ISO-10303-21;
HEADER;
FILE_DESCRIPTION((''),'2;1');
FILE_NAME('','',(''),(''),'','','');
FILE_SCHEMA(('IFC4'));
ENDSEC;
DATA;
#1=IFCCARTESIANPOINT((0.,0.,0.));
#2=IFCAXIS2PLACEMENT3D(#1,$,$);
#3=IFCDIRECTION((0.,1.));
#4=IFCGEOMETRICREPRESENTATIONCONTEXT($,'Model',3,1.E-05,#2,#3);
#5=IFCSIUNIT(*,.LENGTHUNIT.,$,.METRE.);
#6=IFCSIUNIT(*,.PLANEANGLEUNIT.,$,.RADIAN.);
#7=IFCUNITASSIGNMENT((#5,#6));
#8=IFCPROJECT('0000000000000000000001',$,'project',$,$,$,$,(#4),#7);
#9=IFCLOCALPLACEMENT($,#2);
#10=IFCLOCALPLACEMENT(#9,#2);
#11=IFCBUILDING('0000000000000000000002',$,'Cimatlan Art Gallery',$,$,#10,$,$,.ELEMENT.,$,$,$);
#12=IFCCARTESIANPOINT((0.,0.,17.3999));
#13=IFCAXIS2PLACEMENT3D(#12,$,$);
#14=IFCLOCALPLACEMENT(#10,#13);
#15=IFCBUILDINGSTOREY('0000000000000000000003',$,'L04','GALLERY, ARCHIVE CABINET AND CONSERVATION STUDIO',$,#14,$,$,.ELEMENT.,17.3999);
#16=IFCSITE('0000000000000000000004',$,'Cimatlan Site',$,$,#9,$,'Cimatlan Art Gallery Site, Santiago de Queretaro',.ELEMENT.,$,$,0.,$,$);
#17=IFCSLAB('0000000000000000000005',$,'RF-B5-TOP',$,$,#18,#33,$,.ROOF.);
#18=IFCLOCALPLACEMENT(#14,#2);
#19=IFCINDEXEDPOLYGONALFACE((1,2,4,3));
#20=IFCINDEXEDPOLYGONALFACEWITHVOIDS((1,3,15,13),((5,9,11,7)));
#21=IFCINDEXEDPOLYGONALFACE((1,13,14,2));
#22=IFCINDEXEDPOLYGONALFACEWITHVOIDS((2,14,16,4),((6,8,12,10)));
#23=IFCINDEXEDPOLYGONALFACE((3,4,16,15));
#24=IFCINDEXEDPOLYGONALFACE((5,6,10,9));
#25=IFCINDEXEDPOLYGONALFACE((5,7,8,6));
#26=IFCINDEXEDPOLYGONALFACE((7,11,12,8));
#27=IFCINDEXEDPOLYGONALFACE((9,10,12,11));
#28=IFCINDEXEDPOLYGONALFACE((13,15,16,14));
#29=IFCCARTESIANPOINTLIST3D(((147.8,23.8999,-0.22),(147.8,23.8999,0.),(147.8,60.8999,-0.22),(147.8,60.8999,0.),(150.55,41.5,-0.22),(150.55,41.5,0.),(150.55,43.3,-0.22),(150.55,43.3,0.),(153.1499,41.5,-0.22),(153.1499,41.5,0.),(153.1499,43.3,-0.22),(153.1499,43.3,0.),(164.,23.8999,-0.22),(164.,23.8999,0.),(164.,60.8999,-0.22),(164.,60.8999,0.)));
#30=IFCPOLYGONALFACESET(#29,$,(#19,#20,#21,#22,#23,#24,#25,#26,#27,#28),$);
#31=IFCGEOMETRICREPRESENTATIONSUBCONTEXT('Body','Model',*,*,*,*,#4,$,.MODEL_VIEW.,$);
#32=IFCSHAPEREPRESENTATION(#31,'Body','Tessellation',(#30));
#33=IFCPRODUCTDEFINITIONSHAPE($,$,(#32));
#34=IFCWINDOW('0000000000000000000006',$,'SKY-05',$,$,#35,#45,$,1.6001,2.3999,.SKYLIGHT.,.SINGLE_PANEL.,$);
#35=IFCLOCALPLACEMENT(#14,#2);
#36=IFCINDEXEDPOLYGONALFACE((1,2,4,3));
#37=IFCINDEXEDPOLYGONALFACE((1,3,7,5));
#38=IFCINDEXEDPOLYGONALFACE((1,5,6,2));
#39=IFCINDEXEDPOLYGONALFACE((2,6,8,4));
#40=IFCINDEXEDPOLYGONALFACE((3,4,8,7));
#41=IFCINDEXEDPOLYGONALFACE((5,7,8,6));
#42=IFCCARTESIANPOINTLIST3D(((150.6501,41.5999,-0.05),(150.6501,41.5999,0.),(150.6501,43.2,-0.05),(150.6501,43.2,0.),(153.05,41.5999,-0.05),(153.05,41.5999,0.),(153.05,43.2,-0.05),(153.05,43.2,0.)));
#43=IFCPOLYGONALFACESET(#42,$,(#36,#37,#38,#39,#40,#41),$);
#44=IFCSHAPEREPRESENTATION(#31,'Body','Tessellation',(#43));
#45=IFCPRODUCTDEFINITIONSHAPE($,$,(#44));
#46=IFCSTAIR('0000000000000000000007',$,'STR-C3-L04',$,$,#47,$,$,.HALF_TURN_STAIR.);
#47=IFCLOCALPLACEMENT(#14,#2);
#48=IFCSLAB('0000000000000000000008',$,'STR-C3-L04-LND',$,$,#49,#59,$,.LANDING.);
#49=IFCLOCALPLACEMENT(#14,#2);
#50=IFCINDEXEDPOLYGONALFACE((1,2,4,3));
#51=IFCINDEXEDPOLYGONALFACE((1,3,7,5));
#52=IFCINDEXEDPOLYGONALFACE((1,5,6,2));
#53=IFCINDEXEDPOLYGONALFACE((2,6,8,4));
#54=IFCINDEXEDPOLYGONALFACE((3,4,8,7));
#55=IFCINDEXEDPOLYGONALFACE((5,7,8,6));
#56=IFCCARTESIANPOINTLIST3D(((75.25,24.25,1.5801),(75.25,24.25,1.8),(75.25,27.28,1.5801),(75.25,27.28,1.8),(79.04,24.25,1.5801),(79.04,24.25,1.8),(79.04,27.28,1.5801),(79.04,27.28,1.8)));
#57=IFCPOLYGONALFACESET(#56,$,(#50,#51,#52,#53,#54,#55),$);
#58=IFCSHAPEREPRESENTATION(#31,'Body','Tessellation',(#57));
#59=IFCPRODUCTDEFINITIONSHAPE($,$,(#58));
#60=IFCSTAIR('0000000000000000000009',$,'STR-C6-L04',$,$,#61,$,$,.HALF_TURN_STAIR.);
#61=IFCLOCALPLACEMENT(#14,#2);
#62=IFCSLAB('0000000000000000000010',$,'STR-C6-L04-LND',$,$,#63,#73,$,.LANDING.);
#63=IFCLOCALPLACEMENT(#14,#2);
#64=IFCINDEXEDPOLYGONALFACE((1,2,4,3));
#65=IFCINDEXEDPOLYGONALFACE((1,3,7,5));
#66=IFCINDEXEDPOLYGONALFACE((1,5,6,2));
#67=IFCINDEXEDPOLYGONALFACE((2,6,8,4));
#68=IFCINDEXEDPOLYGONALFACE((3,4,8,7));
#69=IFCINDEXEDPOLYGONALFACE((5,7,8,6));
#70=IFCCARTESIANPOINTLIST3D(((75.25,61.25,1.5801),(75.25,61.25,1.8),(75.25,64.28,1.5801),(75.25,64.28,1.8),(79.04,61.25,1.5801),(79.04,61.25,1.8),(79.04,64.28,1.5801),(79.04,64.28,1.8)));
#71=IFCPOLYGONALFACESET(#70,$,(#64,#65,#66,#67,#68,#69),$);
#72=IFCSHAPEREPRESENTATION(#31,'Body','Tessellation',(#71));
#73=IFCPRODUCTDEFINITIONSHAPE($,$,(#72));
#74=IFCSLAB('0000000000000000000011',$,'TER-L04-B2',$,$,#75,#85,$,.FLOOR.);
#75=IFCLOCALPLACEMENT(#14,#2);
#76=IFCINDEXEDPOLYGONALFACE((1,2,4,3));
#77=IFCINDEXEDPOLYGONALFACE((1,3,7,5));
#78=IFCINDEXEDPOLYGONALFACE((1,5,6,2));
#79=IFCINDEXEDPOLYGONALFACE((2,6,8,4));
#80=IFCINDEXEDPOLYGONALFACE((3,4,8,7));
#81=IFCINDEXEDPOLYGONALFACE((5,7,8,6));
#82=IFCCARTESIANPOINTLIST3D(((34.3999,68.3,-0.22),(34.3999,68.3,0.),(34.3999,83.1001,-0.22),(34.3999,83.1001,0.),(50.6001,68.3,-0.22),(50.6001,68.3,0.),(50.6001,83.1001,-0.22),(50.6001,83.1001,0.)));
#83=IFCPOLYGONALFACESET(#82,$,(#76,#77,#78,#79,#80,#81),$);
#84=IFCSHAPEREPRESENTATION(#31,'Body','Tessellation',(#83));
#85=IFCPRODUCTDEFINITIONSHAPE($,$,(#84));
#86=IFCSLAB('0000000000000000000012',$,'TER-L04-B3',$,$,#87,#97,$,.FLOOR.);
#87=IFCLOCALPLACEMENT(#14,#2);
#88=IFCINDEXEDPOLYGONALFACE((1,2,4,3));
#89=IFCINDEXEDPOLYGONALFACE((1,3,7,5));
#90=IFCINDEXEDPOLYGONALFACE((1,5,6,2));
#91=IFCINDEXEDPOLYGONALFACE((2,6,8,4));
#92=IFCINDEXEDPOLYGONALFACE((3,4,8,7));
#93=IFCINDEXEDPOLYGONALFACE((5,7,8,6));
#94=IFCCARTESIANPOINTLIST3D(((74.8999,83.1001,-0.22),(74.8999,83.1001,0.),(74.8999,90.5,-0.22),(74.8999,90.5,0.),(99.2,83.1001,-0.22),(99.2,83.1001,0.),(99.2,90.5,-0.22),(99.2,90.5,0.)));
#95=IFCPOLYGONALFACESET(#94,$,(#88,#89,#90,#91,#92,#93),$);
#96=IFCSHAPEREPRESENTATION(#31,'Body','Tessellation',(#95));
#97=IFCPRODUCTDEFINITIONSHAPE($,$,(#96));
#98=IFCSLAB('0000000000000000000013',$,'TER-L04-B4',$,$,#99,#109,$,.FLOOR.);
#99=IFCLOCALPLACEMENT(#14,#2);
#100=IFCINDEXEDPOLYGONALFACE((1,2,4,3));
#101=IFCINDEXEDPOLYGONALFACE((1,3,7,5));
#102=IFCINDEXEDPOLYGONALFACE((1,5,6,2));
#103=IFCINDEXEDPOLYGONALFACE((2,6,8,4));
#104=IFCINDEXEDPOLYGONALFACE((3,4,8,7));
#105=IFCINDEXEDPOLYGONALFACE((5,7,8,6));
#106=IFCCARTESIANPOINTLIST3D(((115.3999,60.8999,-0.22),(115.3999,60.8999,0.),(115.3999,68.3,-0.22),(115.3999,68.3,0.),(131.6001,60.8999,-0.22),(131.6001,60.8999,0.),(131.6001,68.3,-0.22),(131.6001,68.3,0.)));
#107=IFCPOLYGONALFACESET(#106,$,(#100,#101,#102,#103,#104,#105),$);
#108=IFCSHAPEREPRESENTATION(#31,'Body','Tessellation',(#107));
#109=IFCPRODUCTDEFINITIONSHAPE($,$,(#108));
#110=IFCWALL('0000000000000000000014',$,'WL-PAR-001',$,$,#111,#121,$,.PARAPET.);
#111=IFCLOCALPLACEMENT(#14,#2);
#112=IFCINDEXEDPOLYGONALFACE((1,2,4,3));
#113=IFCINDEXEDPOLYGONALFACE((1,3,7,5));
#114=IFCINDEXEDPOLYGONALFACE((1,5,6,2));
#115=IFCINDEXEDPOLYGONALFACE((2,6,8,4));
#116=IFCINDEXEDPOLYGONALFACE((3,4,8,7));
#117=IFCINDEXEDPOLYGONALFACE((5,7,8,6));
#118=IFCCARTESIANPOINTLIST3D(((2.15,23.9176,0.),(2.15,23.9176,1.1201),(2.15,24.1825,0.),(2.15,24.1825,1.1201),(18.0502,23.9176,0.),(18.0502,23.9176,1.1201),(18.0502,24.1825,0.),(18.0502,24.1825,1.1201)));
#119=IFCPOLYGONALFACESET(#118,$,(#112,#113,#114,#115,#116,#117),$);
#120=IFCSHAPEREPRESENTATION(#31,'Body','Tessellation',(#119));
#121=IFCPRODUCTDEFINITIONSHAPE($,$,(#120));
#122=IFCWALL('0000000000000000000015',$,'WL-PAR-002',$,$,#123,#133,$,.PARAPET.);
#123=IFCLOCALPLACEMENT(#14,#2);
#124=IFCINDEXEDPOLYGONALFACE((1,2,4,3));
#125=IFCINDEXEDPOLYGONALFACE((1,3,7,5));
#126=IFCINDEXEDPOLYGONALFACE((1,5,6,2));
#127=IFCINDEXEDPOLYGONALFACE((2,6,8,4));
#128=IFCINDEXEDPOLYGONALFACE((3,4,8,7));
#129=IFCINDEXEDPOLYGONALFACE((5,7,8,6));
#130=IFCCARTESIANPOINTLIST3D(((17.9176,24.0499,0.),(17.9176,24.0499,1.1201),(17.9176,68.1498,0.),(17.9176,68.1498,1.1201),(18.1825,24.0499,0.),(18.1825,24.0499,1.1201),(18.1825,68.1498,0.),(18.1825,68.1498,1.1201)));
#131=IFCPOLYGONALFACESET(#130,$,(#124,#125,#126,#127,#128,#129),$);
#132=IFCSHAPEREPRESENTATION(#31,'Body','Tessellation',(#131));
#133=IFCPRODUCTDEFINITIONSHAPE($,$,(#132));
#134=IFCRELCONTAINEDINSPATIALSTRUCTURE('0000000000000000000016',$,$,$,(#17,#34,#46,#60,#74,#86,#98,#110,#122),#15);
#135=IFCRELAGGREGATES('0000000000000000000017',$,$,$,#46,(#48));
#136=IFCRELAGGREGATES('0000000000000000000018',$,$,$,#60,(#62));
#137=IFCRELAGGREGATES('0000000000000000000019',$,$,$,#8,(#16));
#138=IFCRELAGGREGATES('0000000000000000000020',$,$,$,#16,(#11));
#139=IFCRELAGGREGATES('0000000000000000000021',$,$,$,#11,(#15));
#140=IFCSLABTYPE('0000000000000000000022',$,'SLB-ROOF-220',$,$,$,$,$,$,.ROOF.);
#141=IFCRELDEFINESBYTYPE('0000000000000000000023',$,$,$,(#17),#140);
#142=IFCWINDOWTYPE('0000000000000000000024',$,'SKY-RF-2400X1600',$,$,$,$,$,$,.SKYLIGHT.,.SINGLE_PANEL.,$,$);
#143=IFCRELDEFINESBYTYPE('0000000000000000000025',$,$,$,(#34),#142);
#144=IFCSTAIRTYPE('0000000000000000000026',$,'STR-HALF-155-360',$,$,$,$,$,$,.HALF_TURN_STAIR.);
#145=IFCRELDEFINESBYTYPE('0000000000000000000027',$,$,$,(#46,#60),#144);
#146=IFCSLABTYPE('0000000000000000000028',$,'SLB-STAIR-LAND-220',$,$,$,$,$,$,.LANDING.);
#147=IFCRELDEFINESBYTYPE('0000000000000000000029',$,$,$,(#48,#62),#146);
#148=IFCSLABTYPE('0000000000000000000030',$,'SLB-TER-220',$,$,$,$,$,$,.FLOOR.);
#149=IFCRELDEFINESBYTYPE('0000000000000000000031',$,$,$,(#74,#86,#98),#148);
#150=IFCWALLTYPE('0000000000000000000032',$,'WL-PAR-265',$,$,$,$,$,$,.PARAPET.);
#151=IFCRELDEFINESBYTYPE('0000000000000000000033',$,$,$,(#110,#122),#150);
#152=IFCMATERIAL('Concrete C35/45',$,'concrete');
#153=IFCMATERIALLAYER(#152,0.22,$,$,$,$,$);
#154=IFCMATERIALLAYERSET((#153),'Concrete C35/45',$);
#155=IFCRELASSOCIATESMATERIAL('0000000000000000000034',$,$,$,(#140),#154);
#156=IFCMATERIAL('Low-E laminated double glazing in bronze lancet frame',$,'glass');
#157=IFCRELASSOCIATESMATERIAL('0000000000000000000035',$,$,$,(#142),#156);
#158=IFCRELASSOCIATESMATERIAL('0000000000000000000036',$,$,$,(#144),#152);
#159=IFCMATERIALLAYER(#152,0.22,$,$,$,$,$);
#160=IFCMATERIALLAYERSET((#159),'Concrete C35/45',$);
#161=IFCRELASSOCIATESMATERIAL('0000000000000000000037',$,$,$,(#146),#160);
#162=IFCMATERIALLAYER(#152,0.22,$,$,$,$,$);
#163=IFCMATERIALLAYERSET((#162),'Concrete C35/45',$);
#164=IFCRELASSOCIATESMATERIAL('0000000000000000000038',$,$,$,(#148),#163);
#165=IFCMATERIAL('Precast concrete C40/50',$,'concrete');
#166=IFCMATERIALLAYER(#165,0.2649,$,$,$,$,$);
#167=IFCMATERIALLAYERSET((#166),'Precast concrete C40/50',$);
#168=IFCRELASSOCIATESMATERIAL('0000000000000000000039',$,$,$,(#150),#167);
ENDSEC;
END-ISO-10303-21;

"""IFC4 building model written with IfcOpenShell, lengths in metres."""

from ifc_helpers import new_model, si_unit, direction, frame, frame_2d, origin, origin_2d, place, context, subcontext, project, spatial, polyline, rectangle, outline, extrude, material, layer, layer_set, type_object, element, fill, aggregate, save


model = new_model("IFC4")

# Units and contexts
model_context = context("Model", 3, precision=1e-05, world=origin(), true_north=direction((0.0, 1.0)))
body_context = subcontext(model_context, "Body", "Model", "MODEL_VIEW")
ifc_project = project(units=[si_unit("LENGTHUNIT", "METRE"), si_unit("PLANEANGLEUNIT", "RADIAN")], contexts=[model_context])

# Site, building, storey
site_placement = place(None, origin())
site = spatial("IfcSite", under=ifc_project, at=site_placement, Name="Cimatlan Site", LongName="Cimatlan Art Gallery Site, Santiago de Queretaro", CompositionType="ELEMENT", RefElevation=0.0)
building_placement = place(site_placement, origin())
building = spatial("IfcBuilding", under=site, at=building_placement, Name="Cimatlan Art Gallery", CompositionType="ELEMENT")
storey_placement = place(building_placement, frame((0.0, 0.0, 17.3999)))
storey = spatial("IfcBuildingStorey", under=building, at=storey_placement, Name="L04", Description="GALLERY, ARCHIVE CABINET AND CONSERVATION STUDIO", CompositionType="ELEMENT", Elevation=17.3999)

# Shared definitions
ifc_material_1 = material(Name="Concrete C35/45", Category="concrete")

# Slab, opening, window
ifc_layer_1 = layer(ifc_material_1, 0.22)
ifc_layer_set_1 = layer_set([ifc_layer_1], Name="Concrete C35/45")
slab_type_1 = type_object("IfcSlabType", Name="SLB-ROOF-220", PredefinedType="ROOF", material=ifc_layer_set_1)
ifc_material_2 = material(Name="Low-E laminated double glazing in bronze lancet frame", Category="glass")
slab_1_placement = place(storey_placement, frame((0.0, 0.0, -0.22)))
slab_1 = element("IfcSlab", 1, at=slab_1_placement, inside=storey, type_object=slab_type_1, Name="RF-B5-TOP", PredefinedType="ROOF", context=body_context, shape_type="SweptSolid", body=[
    extrude(outline(polyline([(147.8, 23.8999), (164.0, 23.8999), (164.0, 60.8999), (147.8, 60.8999), (147.8, 23.8999)]), holes=[polyline([(150.55, 41.5), (153.1499, 41.5), (153.1499, 43.3), (150.55, 43.3), (150.55, 41.5)])]), origin(), (0.0, 0.0, 1.0), 0.22),
])
opening_1_placement = place(slab_1_placement, frame((151.8501, 42.3999, -0.01)))
opening_1 = element("IfcOpeningElement", 2, at=opening_1_placement, cuts=slab_1, PredefinedType="OPENING", context=body_context, shape_type="SweptSolid", body=[
    extrude(rectangle(XDim=2.3999, YDim=1.6001, at=origin_2d()), origin(), (0.0, 0.0, 1.0), 0.24),
])
window_type_1 = type_object("IfcWindowType", Name="SKY-RF-2400X1600", PartitioningType="SINGLE_PANEL", PredefinedType="SKYLIGHT", material=ifc_material_2)
window_1_placement = place(slab_1_placement, frame((151.8501, 42.3999, 0.1699)))
window_1 = element("IfcWindow", 3, at=window_1_placement, inside=storey, type_object=window_type_1, Name="SKY-05", OverallHeight=1.6001, OverallWidth=2.3999, PartitioningType="SINGLE_PANEL", PredefinedType="SKYLIGHT", context=body_context, shape_type="SweptSolid", body=[
    extrude(rectangle(XDim=2.3999, YDim=1.6001, at=origin_2d()), origin(), (0.0, 0.0, 1.0), 0.05),
])
fill(opening_1, window_1)

# Stairs, slabs
stair_type = type_object("IfcStairType", Name="STR-HALF-155-360", PredefinedType="HALF_TURN_STAIR", material=ifc_material_1)
stair_1_placement = place(storey_placement, origin())
stair_1 = element("IfcStair", 4, at=stair_1_placement, inside=storey, type_object=stair_type, Name="STR-C3-L04", PredefinedType="HALF_TURN_STAIR")
ifc_layer_2 = layer(ifc_material_1, 0.22)
ifc_layer_set_2 = layer_set([ifc_layer_2], Name="Concrete C35/45")
slab_type_2 = type_object("IfcSlabType", Name="SLB-STAIR-LAND-220", PredefinedType="LANDING", material=ifc_layer_set_2)
slab_2_placement = place(storey_placement, frame((0.0, 0.0, 1.5801)))
slab_2 = element("IfcSlab", 5, at=slab_2_placement, type_object=slab_type_2, Name="STR-C3-L04-LND", PredefinedType="LANDING", context=body_context, shape_type="SweptSolid", body=[
    extrude(outline(polyline([(75.25, 24.25), (79.04, 24.25), (79.04, 27.28), (75.25, 27.28), (75.25, 24.25)])), origin(), (0.0, 0.0, 1.0), 0.22),
])
aggregate(stair_1, [slab_2])
stair_2_placement = place(storey_placement, origin())
stair_2 = element("IfcStair", 6, at=stair_2_placement, inside=storey, type_object=stair_type, Name="STR-C6-L04", PredefinedType="HALF_TURN_STAIR")
slab_3_placement = place(storey_placement, frame((0.0, 0.0, 1.5801)))
slab_3 = element("IfcSlab", 7, at=slab_3_placement, type_object=slab_type_2, Name="STR-C6-L04-LND", PredefinedType="LANDING", context=body_context, shape_type="SweptSolid", body=[
    extrude(outline(polyline([(75.25, 61.25), (79.04, 61.25), (79.04, 64.28), (75.25, 64.28), (75.25, 61.25)])), origin(), (0.0, 0.0, 1.0), 0.22),
])
aggregate(stair_2, [slab_3])

# Slabs
ifc_layer_3 = layer(ifc_material_1, 0.22)
ifc_layer_set_3 = layer_set([ifc_layer_3], Name="Concrete C35/45")
slab_type_3 = type_object("IfcSlabType", Name="SLB-TER-220", PredefinedType="FLOOR", material=ifc_layer_set_3)
slab_4_placement = place(storey_placement, frame((0.0, 0.0, -0.22)))
element("IfcSlab", 8, at=slab_4_placement, inside=storey, type_object=slab_type_3, Name="TER-L04-B2", PredefinedType="FLOOR", context=body_context, shape_type="SweptSolid", body=[
    extrude(outline(polyline([(34.3999, 68.3), (50.6001, 68.3), (50.6001, 83.1001), (34.3999, 83.1001), (34.3999, 68.3)])), origin(), (0.0, 0.0, 1.0), 0.22),
])
slab_5_placement = place(storey_placement, frame((0.0, 0.0, -0.22)))
element("IfcSlab", 9, at=slab_5_placement, inside=storey, type_object=slab_type_3, Name="TER-L04-B3", PredefinedType="FLOOR", context=body_context, shape_type="SweptSolid", body=[
    extrude(outline(polyline([(74.8999, 83.1001), (99.2, 83.1001), (99.2, 90.5), (74.8999, 90.5), (74.8999, 83.1001)])), origin(), (0.0, 0.0, 1.0), 0.22),
])
slab_6_placement = place(storey_placement, frame((0.0, 0.0, -0.22)))
element("IfcSlab", 10, at=slab_6_placement, inside=storey, type_object=slab_type_3, Name="TER-L04-B4", PredefinedType="FLOOR", context=body_context, shape_type="SweptSolid", body=[
    extrude(outline(polyline([(115.3999, 60.8999), (131.6001, 60.8999), (131.6001, 68.3), (115.3999, 68.3), (115.3999, 60.8999)])), origin(), (0.0, 0.0, 1.0), 0.22),
])

# Walls
ifc_material_3 = material(Name="Precast concrete C40/50", Category="concrete")
ifc_layer_4 = layer(ifc_material_3, 0.2649)
ifc_layer_set_4 = layer_set([ifc_layer_4], Name="Precast concrete C40/50")
wall_type = type_object("IfcWallType", Name="WL-PAR-265", PredefinedType="PARAPET", material=ifc_layer_set_4)
wall_1_placement = place(storey_placement, frame((2.1499, 24.05, 0.0), z_axis=(0.0, 0.0, 1.0), x_axis=(1.0, 0.0, 0.0)))
element("IfcWall", 11, at=wall_1_placement, inside=storey, type_object=wall_type, Name="WL-PAR-001", PredefinedType="PARAPET", context=body_context, shape_type="SweptSolid", body=[
    extrude(rectangle(XDim=15.9001, YDim=0.2649, at=frame_2d((7.9502, 0.0))), origin(), (0.0, 0.0, 1.0), 1.1201),
])
wall_2_placement = place(storey_placement, frame((18.05, 24.05, 0.0), z_axis=(0.0, 0.0, 1.0), x_axis=(0.0, 1.0, 0.0)))
element("IfcWall", 12, at=wall_2_placement, inside=storey, type_object=wall_type, Name="WL-PAR-002", PredefinedType="PARAPET", context=body_context, shape_type="SweptSolid", body=[
    extrude(rectangle(XDim=44.0999, YDim=0.2649, at=frame_2d((22.0498, 0.0))), origin(), (0.0, 0.0, 1.0), 1.1201),
])

save(model, "model.ifc")
